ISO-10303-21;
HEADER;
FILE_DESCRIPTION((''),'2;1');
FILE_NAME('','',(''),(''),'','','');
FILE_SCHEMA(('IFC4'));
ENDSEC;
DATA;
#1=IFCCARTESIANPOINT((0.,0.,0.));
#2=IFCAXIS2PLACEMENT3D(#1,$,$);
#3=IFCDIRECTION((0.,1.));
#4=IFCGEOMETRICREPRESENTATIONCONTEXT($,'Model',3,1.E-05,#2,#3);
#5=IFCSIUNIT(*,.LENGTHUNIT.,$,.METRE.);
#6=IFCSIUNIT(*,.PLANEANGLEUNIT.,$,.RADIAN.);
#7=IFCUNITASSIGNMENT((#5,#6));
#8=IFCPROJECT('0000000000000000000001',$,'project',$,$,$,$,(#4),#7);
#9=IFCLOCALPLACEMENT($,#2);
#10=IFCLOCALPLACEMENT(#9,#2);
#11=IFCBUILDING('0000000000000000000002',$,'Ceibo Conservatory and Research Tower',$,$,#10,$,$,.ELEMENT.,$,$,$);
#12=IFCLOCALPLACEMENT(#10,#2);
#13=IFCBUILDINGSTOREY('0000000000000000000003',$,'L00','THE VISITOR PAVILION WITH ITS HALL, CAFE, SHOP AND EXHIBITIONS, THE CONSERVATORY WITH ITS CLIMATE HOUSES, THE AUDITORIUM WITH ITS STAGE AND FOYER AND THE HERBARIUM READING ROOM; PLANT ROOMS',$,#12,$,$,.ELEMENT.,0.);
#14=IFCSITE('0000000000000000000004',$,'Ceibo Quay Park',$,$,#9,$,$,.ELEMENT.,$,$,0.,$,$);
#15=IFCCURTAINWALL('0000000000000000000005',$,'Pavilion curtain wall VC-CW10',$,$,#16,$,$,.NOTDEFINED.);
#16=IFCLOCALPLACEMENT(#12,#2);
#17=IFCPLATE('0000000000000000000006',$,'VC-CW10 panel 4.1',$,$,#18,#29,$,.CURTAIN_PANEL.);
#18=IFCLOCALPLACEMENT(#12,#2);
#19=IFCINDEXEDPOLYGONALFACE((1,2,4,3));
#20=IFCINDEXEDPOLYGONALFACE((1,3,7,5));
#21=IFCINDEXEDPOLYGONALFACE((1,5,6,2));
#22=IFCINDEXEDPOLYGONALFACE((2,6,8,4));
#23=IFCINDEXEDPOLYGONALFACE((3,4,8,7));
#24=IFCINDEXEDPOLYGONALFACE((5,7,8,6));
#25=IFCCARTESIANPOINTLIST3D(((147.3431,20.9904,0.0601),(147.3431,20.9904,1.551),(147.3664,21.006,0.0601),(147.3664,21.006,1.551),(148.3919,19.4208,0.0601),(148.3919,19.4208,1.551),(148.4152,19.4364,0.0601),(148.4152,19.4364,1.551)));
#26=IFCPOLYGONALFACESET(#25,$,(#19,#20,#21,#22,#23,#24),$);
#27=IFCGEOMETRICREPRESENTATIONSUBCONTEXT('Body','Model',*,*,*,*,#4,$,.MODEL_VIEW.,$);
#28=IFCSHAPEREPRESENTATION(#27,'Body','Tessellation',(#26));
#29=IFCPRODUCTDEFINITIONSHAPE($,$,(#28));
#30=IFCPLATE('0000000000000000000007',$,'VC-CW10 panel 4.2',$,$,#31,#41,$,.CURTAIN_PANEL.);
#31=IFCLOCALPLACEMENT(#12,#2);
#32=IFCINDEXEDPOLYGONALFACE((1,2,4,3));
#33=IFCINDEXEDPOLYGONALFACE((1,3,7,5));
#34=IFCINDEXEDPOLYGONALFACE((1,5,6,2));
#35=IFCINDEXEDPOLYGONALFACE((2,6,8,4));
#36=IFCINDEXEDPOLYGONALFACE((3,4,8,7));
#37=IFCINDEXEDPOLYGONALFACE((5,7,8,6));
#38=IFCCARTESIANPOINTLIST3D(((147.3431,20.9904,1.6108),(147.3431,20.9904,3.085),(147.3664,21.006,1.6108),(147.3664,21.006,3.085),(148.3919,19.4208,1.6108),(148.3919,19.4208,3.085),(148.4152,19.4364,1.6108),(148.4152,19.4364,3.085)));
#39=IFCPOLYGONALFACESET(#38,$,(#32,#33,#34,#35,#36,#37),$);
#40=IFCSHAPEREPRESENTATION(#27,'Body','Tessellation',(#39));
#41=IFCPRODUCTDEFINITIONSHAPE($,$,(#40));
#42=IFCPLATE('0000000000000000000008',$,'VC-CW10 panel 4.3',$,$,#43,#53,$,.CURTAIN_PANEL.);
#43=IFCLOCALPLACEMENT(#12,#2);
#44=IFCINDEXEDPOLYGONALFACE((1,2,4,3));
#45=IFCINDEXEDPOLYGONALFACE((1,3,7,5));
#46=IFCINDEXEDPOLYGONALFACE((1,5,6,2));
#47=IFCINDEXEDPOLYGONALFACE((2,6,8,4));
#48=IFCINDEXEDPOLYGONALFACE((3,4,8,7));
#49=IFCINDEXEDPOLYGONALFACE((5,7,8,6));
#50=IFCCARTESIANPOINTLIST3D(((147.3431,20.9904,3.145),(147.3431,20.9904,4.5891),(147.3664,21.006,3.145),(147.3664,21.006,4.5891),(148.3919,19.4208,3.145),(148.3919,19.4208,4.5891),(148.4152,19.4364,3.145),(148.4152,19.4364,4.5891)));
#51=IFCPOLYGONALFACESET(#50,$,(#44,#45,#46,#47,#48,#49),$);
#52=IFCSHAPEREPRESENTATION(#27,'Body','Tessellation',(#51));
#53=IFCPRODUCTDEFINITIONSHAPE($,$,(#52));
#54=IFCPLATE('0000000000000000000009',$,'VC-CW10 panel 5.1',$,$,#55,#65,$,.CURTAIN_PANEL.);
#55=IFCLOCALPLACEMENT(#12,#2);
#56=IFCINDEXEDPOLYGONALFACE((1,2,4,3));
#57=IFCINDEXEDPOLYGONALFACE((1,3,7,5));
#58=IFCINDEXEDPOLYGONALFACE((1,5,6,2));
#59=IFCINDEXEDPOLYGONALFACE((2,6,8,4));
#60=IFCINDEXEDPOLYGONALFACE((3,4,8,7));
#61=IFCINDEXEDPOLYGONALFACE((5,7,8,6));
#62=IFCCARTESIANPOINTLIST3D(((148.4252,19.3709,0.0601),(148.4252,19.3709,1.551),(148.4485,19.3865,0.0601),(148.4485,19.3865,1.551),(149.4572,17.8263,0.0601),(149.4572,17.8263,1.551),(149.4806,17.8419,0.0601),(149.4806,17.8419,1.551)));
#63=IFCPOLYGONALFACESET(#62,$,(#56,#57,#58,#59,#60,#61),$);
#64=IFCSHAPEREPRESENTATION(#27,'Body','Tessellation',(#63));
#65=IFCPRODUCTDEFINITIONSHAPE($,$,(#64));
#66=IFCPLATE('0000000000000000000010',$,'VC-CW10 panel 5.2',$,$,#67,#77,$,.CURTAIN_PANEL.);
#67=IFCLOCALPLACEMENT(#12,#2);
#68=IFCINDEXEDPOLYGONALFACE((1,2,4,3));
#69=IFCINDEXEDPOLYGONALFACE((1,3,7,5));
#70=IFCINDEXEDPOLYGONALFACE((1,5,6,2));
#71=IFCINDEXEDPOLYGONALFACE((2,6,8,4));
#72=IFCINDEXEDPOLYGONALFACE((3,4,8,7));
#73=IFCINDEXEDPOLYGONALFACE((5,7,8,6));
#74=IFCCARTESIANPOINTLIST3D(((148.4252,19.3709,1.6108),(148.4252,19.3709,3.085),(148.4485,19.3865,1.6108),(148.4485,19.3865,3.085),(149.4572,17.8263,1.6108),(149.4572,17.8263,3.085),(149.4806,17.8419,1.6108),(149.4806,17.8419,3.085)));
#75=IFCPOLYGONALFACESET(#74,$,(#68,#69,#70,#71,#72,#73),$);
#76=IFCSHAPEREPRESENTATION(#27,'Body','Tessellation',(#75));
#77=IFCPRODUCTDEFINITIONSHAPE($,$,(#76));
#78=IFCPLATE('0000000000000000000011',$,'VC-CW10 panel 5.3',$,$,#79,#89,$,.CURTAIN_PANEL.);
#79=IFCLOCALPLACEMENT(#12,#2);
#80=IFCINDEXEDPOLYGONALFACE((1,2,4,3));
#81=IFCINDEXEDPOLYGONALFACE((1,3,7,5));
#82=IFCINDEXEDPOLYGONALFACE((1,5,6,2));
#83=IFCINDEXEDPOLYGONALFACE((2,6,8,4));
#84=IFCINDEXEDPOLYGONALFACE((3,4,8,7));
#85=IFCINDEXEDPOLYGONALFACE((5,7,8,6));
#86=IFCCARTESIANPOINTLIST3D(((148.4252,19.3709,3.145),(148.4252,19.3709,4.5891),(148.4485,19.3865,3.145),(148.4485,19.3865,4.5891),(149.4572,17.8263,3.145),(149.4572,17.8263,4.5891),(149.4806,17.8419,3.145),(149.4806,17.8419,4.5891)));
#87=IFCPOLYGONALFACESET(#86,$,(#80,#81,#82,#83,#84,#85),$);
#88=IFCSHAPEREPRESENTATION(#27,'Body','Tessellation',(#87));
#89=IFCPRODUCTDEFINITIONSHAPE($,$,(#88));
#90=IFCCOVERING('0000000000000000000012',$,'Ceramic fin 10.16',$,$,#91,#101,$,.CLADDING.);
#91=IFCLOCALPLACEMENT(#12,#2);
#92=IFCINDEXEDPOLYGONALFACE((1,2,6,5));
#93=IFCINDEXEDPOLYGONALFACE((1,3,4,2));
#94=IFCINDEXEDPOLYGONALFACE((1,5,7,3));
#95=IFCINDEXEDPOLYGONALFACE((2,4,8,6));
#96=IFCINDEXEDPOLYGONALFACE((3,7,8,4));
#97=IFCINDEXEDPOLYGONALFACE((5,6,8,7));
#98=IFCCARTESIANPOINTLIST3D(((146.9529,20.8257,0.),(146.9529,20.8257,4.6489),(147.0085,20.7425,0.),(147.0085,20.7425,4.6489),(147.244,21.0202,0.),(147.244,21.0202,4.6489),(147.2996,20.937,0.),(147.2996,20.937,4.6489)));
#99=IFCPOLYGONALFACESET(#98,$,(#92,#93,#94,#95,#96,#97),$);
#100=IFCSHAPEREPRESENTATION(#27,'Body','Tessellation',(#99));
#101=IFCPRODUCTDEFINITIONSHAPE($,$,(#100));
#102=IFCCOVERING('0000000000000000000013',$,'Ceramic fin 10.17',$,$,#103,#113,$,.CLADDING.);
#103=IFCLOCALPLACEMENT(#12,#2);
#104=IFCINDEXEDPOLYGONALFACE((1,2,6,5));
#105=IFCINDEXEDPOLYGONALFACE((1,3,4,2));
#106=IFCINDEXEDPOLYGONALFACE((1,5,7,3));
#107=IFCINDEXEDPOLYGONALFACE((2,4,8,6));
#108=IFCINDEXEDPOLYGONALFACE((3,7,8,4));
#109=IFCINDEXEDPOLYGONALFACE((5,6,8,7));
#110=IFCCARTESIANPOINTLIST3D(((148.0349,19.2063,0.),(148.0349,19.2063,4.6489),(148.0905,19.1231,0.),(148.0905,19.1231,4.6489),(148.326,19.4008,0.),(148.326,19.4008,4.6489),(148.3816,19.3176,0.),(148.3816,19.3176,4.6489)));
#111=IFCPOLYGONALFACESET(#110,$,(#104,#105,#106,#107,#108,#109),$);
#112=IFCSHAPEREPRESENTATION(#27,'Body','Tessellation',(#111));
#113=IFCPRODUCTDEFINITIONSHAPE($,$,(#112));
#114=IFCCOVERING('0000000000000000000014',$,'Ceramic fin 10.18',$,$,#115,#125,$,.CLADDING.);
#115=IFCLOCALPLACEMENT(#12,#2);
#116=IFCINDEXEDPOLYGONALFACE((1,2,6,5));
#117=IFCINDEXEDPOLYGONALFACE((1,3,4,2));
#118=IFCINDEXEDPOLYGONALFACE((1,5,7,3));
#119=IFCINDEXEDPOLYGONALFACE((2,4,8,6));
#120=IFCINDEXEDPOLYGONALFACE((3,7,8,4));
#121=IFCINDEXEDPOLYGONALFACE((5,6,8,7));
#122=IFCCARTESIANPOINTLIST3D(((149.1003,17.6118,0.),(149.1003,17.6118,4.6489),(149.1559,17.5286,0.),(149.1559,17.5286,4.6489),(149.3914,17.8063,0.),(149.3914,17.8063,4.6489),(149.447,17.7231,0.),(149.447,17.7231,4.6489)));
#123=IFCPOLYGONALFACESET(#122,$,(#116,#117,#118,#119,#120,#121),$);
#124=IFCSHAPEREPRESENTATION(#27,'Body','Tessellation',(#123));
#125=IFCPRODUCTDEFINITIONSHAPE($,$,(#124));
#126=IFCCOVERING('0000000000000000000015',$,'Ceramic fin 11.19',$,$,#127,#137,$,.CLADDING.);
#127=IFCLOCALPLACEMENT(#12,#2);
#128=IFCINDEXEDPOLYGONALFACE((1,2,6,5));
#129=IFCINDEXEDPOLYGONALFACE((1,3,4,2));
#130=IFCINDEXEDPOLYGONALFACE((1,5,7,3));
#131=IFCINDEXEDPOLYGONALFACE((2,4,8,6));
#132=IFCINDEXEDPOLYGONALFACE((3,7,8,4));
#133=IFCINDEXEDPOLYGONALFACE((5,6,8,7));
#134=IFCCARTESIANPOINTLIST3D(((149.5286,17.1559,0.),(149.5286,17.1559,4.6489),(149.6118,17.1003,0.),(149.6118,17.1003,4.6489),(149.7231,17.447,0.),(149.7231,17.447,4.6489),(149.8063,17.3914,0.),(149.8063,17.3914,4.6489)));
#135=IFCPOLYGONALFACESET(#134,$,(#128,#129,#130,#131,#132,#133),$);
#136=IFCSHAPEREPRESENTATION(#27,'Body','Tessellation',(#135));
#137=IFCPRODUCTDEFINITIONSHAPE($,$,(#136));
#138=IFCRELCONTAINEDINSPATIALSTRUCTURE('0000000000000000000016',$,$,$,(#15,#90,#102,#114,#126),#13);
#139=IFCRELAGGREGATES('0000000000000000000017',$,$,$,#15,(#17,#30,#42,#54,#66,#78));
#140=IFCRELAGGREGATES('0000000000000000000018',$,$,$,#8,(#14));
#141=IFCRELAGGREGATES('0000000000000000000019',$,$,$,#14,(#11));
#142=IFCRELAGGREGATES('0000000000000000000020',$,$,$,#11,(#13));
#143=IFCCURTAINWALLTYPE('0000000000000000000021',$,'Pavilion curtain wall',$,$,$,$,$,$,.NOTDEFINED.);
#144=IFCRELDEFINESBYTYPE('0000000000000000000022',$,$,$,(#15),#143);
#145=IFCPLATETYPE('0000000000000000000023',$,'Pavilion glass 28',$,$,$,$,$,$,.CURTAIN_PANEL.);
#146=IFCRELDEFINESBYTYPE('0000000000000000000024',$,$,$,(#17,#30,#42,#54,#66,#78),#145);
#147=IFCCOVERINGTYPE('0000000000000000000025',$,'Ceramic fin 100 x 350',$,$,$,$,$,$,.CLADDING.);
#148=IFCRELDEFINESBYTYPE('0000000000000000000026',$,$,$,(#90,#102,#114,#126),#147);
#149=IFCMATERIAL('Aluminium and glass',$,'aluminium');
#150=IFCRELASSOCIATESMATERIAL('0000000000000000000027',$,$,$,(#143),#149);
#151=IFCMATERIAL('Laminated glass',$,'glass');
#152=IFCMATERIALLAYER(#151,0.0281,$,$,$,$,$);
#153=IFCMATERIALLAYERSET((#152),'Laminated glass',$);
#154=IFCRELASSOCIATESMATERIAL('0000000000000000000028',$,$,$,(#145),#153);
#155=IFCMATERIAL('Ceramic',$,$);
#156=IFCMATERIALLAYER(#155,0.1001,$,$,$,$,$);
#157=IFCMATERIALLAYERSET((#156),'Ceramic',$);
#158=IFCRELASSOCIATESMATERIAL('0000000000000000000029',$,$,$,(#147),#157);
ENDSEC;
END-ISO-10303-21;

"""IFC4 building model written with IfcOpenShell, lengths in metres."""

from ifc_helpers import new_model, si_unit, direction, frame, origin, origin_2d, place, context, subcontext, project, spatial, rectangle, extrude, material, layer, layer_set, type_object, element, aggregate, save


model = new_model("IFC4")

# Units and contexts
model_context = context("Model", 3, precision=1e-05, world=origin(), true_north=direction((0.0, 1.0)))
body_context = subcontext(model_context, "Body", "Model", "MODEL_VIEW")
ifc_project = project(units=[si_unit("LENGTHUNIT", "METRE"), si_unit("PLANEANGLEUNIT", "RADIAN")], contexts=[model_context])

# Site, building, storey
site_placement = place(None, origin())
site = spatial("IfcSite", under=ifc_project, at=site_placement, Name="Ceibo Quay Park", CompositionType="ELEMENT", RefElevation=0.0)
building_placement = place(site_placement, origin())
building = spatial("IfcBuilding", under=site, at=building_placement, Name="Ceibo Conservatory and Research Tower", CompositionType="ELEMENT")
storey_placement = place(building_placement, origin())
storey = spatial("IfcBuildingStorey", under=building, at=storey_placement, Name="L00", Description="THE VISITOR PAVILION WITH ITS HALL, CAFE, SHOP AND EXHIBITIONS, THE CONSERVATORY WITH ITS CLIMATE HOUSES, THE AUDITORIUM WITH ITS STAGE AND FOYER AND THE HERBARIUM READING ROOM; PLANT ROOMS", CompositionType="ELEMENT", Elevation=0.0)

# Curtain wall
ifc_material_1 = material(Name="Aluminium and glass", Category="aluminium")
curtain_wall_type = type_object("IfcCurtainWallType", Name="Pavilion curtain wall", PredefinedType="NOTDEFINED", material=ifc_material_1)
curtain_wall_1_placement = place(storey_placement, origin())
curtain_wall_1 = element("IfcCurtainWall", 1, at=curtain_wall_1_placement, inside=storey, type_object=curtain_wall_type, Name="Pavilion curtain wall VC-CW10", PredefinedType="NOTDEFINED")

# Plates
ifc_material_2 = material(Name="Laminated glass", Category="glass")
ifc_layer_1 = layer(ifc_material_2, 0.0281)
ifc_layer_set_1 = layer_set([ifc_layer_1], Name="Laminated glass")
plate_type = type_object("IfcPlateType", Name="Pavilion glass 28", PredefinedType="CURTAIN_PANEL", material=ifc_layer_set_1)
plate_1_placement = place(storey_placement, frame((147.8792, 20.2134, 0.0601), z_axis=(0.0, 0.0, 1.0), x_axis=(0.55557, -0.83147, 0.0)))
plate_1 = element("IfcPlate", 2, at=plate_1_placement, type_object=plate_type, Name="VC-CW10 panel 4.1", PredefinedType="CURTAIN_PANEL", context=body_context, shape_type="SweptSolid", body=[
    extrude(rectangle(XDim=1.8877, YDim=0.0281, at=origin_2d()), origin(), (0.0, 0.0, 1.0), 1.491),
])
plate_2_placement = place(storey_placement, frame((147.8792, 20.2134, 1.6108), z_axis=(0.0, 0.0, 1.0), x_axis=(0.55557, -0.83147, 0.0)))
plate_2 = element("IfcPlate", 3, at=plate_2_placement, type_object=plate_type, Name="VC-CW10 panel 4.2", PredefinedType="CURTAIN_PANEL", context=body_context, shape_type="SweptSolid", body=[
    extrude(rectangle(XDim=1.8877, YDim=0.0281, at=origin_2d()), origin(), (0.0, 0.0, 1.0), 1.4741),
])
plate_3_placement = place(storey_placement, frame((147.8792, 20.2134, 3.145), z_axis=(0.0, 0.0, 1.0), x_axis=(0.55557, -0.83147, 0.0)))
plate_3 = element("IfcPlate", 4, at=plate_3_placement, type_object=plate_type, Name="VC-CW10 panel 4.3", PredefinedType="CURTAIN_PANEL", context=body_context, shape_type="SweptSolid", body=[
    extrude(rectangle(XDim=1.8877, YDim=0.0281, at=origin_2d()), origin(), (0.0, 0.0, 1.0), 1.4441),
])
plate_4_placement = place(storey_placement, frame((148.9529, 18.6064, 0.0601), z_axis=(0.0, 0.0, 1.0), x_axis=(0.55557, -0.83147, 0.0)))
plate_4 = element("IfcPlate", 5, at=plate_4_placement, type_object=plate_type, Name="VC-CW10 panel 5.1", PredefinedType="CURTAIN_PANEL", context=body_context, shape_type="SweptSolid", body=[
    extrude(rectangle(XDim=1.8577, YDim=0.0281, at=origin_2d()), origin(), (0.0, 0.0, 1.0), 1.491),
])
plate_5_placement = place(storey_placement, frame((148.9529, 18.6064, 1.6108), z_axis=(0.0, 0.0, 1.0), x_axis=(0.55557, -0.83147, 0.0)))
plate_5 = element("IfcPlate", 6, at=plate_5_placement, type_object=plate_type, Name="VC-CW10 panel 5.2", PredefinedType="CURTAIN_PANEL", context=body_context, shape_type="SweptSolid", body=[
    extrude(rectangle(XDim=1.8577, YDim=0.0281, at=origin_2d()), origin(), (0.0, 0.0, 1.0), 1.4741),
])
plate_6_placement = place(storey_placement, frame((148.9529, 18.6064, 3.145), z_axis=(0.0, 0.0, 1.0), x_axis=(0.55557, -0.83147, 0.0)))
plate_6 = element("IfcPlate", 7, at=plate_6_placement, type_object=plate_type, Name="VC-CW10 panel 5.3", PredefinedType="CURTAIN_PANEL", context=body_context, shape_type="SweptSolid", body=[
    extrude(rectangle(XDim=1.8577, YDim=0.0281, at=origin_2d()), origin(), (0.0, 0.0, 1.0), 1.4441),
])
aggregate(curtain_wall_1, [plate_1, plate_2, plate_3, plate_4, plate_5, plate_6])

# Coverings
ifc_material_3 = material(Name="Ceramic")
ifc_layer_2 = layer(ifc_material_3, 0.1001)
ifc_layer_set_2 = layer_set([ifc_layer_2], Name="Ceramic")
covering_type = type_object("IfcCoveringType", Name="Ceramic fin 100 x 350", PredefinedType="CLADDING", material=ifc_layer_set_2)
for number, where, z_axis, x_axis, name in (
    (8, (147.1262, 20.8813, 0.0), (0.0, 0.0, 1.0), (-0.55557, 0.83147, 0.0), "Ceramic fin 10.16"),
    (9, (148.2083, 19.262, 0.0), (0.0, 0.0, 1.0), (-0.55557, 0.83147, 0.0), "Ceramic fin 10.17"),
    (10, (149.2737, 17.6675, 0.0), (0.0, 0.0, 1.0), (-0.55557, 0.83147, 0.0), "Ceramic fin 10.18"),
    (11, (149.6675, 17.2737, 0.0), (0.0, 0.0, 1.0), (-0.83147, 0.55557, 0.0), "Ceramic fin 11.19"),
):
    element("IfcCovering", number, at=place(storey_placement, frame(where, z_axis=z_axis, x_axis=x_axis)), inside=storey, type_object=covering_type, Name=name, PredefinedType="CLADDING", context=body_context, shape_type="SweptSolid", body=[
        extrude(rectangle(XDim=0.1001, YDim=0.3501, at=origin_2d()), origin(), (0.0, 0.0, 1.0), 4.6489),
    ])

save(model, "model.ifc")
